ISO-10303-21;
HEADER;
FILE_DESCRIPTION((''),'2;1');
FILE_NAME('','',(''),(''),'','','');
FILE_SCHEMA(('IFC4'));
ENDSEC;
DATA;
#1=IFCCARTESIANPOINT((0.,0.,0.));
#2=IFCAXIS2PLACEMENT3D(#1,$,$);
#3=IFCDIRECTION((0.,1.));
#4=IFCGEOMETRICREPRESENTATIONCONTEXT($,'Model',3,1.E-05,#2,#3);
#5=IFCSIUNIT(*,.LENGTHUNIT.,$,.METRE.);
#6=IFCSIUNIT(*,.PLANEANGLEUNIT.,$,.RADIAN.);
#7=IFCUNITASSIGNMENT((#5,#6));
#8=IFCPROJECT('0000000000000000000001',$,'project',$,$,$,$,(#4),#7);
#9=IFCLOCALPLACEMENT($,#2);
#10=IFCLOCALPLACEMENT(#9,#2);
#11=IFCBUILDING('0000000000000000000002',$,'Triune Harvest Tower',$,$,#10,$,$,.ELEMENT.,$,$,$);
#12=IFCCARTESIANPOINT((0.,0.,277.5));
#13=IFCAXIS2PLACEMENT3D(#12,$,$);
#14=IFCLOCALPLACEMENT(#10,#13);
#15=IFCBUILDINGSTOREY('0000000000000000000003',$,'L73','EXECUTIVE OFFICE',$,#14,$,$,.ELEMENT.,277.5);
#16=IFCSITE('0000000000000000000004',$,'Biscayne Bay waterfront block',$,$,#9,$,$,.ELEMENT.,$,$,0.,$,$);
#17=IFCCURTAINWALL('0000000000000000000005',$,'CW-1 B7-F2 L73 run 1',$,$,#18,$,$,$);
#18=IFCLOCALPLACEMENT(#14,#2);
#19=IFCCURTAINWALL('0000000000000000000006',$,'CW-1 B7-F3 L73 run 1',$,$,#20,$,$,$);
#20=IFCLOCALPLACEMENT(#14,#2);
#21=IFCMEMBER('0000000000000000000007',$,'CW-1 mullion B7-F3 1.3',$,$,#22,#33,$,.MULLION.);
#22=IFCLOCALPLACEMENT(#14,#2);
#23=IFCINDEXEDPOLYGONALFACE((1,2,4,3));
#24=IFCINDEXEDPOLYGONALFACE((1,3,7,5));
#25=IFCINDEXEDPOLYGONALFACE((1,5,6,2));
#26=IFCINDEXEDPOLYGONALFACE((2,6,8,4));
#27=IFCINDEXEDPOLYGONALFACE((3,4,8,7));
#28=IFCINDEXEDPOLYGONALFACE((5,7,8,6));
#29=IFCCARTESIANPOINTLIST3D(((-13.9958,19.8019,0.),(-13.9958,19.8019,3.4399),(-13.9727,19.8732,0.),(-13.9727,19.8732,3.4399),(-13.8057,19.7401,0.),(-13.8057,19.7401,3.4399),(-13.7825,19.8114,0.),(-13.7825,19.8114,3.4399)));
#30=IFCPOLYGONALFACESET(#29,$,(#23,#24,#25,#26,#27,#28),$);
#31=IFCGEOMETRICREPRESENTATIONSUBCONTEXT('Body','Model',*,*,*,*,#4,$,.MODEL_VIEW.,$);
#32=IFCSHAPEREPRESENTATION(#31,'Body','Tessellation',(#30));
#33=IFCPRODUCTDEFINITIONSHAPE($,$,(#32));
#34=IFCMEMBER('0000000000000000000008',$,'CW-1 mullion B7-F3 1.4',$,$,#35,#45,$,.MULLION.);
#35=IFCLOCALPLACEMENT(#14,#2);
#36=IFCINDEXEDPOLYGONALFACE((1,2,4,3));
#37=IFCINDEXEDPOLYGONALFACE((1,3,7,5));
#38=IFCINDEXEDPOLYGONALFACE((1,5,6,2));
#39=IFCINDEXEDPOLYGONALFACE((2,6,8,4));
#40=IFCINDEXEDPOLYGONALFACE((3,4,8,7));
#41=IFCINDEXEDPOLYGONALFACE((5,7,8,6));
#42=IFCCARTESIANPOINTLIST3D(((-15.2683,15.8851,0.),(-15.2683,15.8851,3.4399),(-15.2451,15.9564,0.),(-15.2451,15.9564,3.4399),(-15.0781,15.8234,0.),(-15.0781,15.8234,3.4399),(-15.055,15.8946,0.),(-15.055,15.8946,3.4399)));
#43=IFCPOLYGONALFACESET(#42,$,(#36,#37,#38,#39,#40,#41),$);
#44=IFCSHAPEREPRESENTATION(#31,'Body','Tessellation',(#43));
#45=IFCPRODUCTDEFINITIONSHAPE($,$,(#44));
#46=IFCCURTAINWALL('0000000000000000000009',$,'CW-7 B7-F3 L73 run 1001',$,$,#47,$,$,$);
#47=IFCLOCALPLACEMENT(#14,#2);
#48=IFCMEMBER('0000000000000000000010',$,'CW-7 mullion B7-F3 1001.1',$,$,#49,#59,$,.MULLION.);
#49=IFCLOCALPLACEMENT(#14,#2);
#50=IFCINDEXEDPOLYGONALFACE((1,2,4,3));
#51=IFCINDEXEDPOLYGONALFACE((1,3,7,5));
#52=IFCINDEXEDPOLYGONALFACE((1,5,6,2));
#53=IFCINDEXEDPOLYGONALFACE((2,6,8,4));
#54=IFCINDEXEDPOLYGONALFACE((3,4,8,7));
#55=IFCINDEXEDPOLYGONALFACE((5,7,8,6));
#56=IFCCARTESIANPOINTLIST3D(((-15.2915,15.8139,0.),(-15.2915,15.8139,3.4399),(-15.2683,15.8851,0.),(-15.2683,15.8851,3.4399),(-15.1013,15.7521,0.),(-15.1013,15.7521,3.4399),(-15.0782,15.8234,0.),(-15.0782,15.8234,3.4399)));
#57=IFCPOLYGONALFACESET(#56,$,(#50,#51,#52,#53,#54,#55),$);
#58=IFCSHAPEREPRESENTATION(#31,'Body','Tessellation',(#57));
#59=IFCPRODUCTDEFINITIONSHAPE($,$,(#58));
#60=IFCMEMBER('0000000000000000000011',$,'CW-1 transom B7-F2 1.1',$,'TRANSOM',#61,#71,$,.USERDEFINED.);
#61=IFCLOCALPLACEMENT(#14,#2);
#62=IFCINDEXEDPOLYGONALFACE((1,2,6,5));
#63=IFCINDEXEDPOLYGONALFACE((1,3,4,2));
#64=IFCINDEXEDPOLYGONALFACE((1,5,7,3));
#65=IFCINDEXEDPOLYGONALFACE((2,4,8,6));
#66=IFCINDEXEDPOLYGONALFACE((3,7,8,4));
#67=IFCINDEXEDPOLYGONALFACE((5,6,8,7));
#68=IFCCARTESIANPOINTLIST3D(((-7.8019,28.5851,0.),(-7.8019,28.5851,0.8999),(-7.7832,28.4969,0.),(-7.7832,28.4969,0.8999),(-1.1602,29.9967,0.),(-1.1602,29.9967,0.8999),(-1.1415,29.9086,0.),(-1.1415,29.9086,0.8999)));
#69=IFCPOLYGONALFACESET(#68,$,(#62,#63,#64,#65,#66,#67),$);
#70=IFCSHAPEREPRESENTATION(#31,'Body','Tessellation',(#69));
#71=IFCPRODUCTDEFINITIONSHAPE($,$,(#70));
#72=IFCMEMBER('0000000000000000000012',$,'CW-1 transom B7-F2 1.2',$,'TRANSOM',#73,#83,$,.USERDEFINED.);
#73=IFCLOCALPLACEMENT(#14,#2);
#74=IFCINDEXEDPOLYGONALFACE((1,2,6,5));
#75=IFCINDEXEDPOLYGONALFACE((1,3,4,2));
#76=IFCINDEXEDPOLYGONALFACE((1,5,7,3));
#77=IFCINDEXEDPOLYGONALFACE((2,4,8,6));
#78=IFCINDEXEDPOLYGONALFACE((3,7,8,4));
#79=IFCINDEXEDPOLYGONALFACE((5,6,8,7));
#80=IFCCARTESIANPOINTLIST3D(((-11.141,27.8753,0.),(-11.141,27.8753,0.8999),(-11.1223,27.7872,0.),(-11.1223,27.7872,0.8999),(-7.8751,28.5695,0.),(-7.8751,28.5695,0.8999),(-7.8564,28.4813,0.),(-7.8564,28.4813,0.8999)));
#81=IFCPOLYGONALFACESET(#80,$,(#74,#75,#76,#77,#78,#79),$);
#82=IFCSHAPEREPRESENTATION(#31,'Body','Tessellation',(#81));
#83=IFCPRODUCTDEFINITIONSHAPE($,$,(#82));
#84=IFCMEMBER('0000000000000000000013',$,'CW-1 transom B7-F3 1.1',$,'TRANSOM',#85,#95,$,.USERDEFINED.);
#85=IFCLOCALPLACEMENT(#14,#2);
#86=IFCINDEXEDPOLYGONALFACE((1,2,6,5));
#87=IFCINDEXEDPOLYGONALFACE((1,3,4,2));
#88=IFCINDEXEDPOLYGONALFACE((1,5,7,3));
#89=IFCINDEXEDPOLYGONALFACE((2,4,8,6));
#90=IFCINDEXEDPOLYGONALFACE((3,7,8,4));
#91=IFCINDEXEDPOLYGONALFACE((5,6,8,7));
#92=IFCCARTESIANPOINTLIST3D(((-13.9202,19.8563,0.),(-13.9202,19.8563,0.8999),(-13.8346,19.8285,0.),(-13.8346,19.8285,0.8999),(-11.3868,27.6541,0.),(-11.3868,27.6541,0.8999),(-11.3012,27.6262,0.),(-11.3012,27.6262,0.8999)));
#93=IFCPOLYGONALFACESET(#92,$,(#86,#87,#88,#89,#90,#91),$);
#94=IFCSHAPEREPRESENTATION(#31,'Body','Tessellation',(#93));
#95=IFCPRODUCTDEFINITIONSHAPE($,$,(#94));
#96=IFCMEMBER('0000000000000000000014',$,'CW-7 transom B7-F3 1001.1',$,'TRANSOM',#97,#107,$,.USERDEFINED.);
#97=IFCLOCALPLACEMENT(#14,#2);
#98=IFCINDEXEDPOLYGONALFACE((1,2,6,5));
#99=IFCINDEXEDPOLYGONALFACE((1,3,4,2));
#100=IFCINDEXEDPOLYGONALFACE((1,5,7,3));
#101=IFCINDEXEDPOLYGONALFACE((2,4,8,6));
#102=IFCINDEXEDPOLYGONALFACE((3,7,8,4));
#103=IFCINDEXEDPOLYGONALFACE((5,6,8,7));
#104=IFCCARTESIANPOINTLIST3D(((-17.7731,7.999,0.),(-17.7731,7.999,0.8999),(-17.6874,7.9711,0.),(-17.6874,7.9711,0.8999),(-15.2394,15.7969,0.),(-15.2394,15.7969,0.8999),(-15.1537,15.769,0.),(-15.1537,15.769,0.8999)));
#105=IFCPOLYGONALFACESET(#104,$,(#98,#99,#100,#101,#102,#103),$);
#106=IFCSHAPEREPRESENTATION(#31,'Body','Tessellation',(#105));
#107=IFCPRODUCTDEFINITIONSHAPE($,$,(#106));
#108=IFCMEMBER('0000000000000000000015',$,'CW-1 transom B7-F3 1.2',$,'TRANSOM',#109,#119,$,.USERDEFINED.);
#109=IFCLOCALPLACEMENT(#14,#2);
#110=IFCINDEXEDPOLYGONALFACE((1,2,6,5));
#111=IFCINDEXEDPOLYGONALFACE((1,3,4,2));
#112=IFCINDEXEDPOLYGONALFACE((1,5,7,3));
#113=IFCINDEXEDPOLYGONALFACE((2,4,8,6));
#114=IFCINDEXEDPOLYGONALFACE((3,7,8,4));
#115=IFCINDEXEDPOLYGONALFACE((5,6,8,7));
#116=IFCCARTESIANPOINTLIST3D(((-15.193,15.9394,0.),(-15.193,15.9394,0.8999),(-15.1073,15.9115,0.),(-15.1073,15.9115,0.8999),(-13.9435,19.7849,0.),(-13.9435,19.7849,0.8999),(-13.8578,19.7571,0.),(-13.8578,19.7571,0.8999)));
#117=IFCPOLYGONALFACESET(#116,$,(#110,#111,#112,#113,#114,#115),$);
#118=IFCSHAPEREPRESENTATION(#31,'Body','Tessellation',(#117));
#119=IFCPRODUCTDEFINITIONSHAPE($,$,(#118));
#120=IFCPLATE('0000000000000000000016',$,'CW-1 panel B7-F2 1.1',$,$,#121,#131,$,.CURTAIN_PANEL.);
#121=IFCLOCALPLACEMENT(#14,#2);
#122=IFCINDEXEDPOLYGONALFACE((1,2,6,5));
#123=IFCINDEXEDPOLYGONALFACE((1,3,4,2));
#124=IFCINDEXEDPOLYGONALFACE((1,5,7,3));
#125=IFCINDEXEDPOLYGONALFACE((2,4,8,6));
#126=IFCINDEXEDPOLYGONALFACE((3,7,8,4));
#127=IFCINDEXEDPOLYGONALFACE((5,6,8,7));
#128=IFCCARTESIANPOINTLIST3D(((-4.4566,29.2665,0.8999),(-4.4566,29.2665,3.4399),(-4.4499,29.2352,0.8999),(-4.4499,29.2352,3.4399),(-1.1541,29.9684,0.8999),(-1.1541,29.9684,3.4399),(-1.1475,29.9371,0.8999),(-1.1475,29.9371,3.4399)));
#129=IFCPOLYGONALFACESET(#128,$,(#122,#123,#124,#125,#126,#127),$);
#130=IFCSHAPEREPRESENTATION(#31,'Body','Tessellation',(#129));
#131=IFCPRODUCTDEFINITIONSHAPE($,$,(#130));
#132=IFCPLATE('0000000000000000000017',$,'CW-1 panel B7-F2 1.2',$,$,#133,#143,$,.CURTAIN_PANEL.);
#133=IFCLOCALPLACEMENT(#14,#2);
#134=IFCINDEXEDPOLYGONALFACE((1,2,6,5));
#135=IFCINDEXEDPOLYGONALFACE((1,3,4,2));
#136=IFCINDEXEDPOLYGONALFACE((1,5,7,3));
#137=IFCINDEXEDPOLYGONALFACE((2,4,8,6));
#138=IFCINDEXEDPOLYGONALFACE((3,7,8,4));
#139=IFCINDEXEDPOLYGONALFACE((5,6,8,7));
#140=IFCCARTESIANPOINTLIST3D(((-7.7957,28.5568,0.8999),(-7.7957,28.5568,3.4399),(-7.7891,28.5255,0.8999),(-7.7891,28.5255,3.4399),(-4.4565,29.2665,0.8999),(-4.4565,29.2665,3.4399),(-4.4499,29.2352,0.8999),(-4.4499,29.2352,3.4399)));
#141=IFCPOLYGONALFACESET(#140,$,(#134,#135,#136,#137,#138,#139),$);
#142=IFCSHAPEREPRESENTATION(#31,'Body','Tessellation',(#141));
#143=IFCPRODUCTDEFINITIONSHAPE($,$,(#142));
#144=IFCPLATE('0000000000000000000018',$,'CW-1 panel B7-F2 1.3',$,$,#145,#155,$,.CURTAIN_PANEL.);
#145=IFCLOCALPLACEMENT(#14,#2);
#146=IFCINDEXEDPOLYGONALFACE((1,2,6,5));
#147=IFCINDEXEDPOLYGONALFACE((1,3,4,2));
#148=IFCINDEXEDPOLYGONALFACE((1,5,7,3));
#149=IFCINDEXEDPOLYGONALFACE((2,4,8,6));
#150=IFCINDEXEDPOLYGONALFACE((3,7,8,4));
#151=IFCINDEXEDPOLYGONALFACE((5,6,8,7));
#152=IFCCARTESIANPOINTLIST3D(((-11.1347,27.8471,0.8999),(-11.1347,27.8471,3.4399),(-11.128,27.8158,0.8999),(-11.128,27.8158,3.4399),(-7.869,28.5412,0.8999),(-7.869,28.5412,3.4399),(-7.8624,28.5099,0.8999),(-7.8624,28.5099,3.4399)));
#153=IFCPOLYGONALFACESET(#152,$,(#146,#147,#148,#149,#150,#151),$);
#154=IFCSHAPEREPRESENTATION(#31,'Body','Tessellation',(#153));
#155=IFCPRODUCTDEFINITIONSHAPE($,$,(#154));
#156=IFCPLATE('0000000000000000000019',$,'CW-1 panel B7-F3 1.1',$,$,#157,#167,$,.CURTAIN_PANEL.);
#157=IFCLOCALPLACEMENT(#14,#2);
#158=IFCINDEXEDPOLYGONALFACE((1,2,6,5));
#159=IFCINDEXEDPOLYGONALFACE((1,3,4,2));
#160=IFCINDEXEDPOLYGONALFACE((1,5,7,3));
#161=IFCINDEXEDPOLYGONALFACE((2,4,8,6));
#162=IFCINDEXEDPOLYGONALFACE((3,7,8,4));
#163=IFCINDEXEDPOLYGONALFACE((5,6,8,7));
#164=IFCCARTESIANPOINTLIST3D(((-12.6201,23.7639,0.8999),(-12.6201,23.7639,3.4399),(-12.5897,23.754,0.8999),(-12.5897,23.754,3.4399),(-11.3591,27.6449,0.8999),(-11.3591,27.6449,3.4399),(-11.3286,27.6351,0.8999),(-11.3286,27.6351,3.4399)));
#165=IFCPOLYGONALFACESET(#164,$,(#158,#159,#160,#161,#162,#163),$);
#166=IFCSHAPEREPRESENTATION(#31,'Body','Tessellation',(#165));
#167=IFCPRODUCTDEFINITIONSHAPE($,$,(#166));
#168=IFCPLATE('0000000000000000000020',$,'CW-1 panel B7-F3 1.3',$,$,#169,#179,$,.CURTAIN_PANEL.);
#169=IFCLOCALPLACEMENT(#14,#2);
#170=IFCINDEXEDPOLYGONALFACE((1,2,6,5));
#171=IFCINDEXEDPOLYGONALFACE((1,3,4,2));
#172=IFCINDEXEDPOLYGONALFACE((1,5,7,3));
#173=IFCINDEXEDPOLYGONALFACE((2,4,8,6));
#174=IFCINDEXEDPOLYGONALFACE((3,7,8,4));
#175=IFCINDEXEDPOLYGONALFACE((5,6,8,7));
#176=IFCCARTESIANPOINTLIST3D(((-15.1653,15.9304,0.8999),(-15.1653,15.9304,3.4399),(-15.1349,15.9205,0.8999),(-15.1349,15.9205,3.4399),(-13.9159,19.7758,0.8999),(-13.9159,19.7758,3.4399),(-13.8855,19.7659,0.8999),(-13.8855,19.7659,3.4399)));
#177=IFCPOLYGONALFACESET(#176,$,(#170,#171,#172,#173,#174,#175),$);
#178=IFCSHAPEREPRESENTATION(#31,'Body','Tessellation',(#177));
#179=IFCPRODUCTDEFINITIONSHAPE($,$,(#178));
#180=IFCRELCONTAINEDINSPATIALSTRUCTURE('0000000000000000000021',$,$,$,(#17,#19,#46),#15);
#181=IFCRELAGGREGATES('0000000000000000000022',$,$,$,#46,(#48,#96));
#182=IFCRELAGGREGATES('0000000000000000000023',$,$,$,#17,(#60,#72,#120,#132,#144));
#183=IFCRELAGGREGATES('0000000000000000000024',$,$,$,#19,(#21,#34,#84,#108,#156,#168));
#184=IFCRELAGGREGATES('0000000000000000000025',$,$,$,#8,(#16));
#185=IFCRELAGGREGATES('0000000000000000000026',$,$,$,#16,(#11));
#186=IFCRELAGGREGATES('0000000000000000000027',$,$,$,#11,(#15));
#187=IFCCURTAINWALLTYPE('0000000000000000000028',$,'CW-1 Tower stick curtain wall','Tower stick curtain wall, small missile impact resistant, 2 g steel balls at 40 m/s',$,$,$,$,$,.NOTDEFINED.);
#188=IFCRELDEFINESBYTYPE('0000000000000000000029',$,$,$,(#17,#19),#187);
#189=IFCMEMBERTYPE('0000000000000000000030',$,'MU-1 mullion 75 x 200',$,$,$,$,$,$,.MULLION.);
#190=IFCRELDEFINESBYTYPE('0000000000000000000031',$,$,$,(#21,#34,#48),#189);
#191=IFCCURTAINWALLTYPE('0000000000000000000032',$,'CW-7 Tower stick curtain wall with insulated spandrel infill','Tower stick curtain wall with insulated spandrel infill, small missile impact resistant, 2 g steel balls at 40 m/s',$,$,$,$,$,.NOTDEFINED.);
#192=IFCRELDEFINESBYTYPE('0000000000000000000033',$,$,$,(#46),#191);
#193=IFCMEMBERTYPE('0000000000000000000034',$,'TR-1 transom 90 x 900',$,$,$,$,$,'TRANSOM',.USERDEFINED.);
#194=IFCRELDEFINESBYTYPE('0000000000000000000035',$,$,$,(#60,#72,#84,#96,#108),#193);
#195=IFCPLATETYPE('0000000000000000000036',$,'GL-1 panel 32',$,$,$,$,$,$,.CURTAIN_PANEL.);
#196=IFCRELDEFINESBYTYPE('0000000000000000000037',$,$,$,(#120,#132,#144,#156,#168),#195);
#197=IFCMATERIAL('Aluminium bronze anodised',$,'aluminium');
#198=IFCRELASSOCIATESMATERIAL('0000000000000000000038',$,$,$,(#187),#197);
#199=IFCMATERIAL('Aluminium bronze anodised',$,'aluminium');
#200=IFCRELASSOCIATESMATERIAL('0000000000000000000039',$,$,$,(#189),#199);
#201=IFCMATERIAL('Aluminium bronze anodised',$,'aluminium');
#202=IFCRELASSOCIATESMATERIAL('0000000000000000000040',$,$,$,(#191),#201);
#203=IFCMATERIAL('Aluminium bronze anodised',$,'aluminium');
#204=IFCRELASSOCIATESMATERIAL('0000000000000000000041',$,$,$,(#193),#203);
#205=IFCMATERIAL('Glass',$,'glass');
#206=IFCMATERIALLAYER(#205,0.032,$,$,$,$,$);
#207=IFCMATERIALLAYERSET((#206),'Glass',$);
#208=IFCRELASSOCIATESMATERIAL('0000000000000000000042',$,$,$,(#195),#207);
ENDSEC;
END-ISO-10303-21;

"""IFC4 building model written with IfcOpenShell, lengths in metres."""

from ifc_helpers import new_model, si_unit, direction, frame, origin, origin_2d, place, context, subcontext, project, spatial, rectangle, extrude, source, transform, mapped, material, layer, layer_set, material_profile, profile_set, type_object, element, aggregate, save


model = new_model("IFC4")

# Units and contexts
model_context = context("Model", 3, precision=1e-05, world=origin(), true_north=direction((0.0, 1.0)))
body_context = subcontext(model_context, "Body", "Model", "MODEL_VIEW")
ifc_project = project(units=[si_unit("LENGTHUNIT", "METRE"), si_unit("PLANEANGLEUNIT", "RADIAN")], contexts=[model_context])

# Site, building, storey
site_placement = place(None, origin())
site = spatial("IfcSite", under=ifc_project, at=site_placement, Name="Biscayne Bay waterfront block", CompositionType="ELEMENT", RefElevation=0.0)
building_placement = place(site_placement, origin())
building = spatial("IfcBuilding", under=site, at=building_placement, Name="Triune Harvest Tower", CompositionType="ELEMENT")
storey_placement = place(building_placement, frame((0.0, 0.0, 277.5)))
storey = spatial("IfcBuildingStorey", under=building, at=storey_placement, Name="L73", Description="EXECUTIVE OFFICE", CompositionType="ELEMENT", Elevation=277.5)

# Curtain walls, members
ifc_material_1 = material(Name="Aluminium bronze anodised", Category="aluminium")
curtain_wall_type_1 = type_object("IfcCurtainWallType", Name="CW-1 Tower stick curtain wall", Description="Tower stick curtain wall, small missile impact resistant, 2 g steel balls at 40 m/s", PredefinedType="NOTDEFINED", material=ifc_material_1)
curtain_wall_1_placement = place(storey_placement, origin())
curtain_wall_1 = element("IfcCurtainWall", 1, at=curtain_wall_1_placement, inside=storey, type_object=curtain_wall_type_1, Name="CW-1 B7-F2 L73 run 1")
ifc_material_2 = material(Name="Aluminium bronze anodised", Category="aluminium")
ifc_material_profile_1 = material_profile(ifc_material_2, rectangle(XDim=0.2, YDim=0.075, at=origin_2d()), Name="MU-1 mullion 75 x 200")
ifc_profile_set_1 = profile_set([ifc_material_profile_1], Name="Aluminium bronze anodised")
member_type_1 = type_object("IfcMemberType", Name="MU-1 mullion 75 x 200", PredefinedType="MULLION", material=ifc_profile_set_1)
shared_shape_1 = source(origin(), body_context, "Body", "SweptSolid", [
    extrude(rectangle(XDim=0.2, YDim=0.075, at=origin_2d()), origin(), (0.0, 0.0, 1.0), 3.4399),
])
curtain_wall_2_placement = place(storey_placement, origin())
curtain_wall_2 = element("IfcCurtainWall", 2, at=curtain_wall_2_placement, inside=storey, type_object=curtain_wall_type_1, Name="CW-1 B7-F3 L73 run 1")
member_1_placement = place(storey_placement, frame((-13.8892, 19.8066, 0.0), z_axis=(0.0, 0.0, 1.0), x_axis=(0.951058, -0.309013, 0.0)))
member_1 = element("IfcMember", 3, at=member_1_placement, type_object=member_type_1, Name="CW-1 mullion B7-F3 1.3", PredefinedType="MULLION", context=body_context, shape_type="MappedRepresentation", body=[
    mapped(shared_shape_1, transform((0.0, 0.0, 0.0), scale=1.0)),
])
member_2_placement = place(storey_placement, frame((-15.1616, 15.8899, 0.0), z_axis=(0.0, 0.0, 1.0), x_axis=(0.951058, -0.309013, 0.0)))
member_2 = element("IfcMember", 4, at=member_2_placement, type_object=member_type_1, Name="CW-1 mullion B7-F3 1.4", PredefinedType="MULLION", context=body_context, shape_type="MappedRepresentation", body=[
    mapped(shared_shape_1, transform((0.0, 0.0, 0.0), scale=1.0)),
])

# Curtain wall, member
ifc_material_3 = material(Name="Aluminium bronze anodised", Category="aluminium")
curtain_wall_type_2 = type_object("IfcCurtainWallType", Name="CW-7 Tower stick curtain wall with insulated spandrel infill", Description="Tower stick curtain wall with insulated spandrel infill, small missile impact resistant, 2 g steel balls at 40 m/s", PredefinedType="NOTDEFINED", material=ifc_material_3)
curtain_wall_3_placement = place(storey_placement, origin())
curtain_wall_3 = element("IfcCurtainWall", 5, at=curtain_wall_3_placement, inside=storey, type_object=curtain_wall_type_2, Name="CW-7 B7-F3 L73 run 1001")
member_3_placement = place(storey_placement, frame((-15.1848, 15.8186, 0.0), z_axis=(0.0, 0.0, 1.0), x_axis=(0.951056, -0.30902, 0.0)))
member_3 = element("IfcMember", 6, at=member_3_placement, type_object=member_type_1, Name="CW-7 mullion B7-F3 1001.1", PredefinedType="MULLION", context=body_context, shape_type="MappedRepresentation", body=[
    mapped(shared_shape_1, transform((0.0, 0.0, 0.0), scale=1.0)),
])

# Members
ifc_material_4 = material(Name="Aluminium bronze anodised", Category="aluminium")
ifc_material_profile_2 = material_profile(ifc_material_4, rectangle(XDim=0.0901, YDim=0.8999, at=origin_2d()), Name="TR-1 transom 90 x 900")
ifc_profile_set_2 = profile_set([ifc_material_profile_2], Name="Aluminium bronze anodised")
member_type_2 = type_object("IfcMemberType", Name="TR-1 transom 90 x 900", ElementType="TRANSOM", PredefinedType="USERDEFINED", material=ifc_profile_set_2)
shared_shape_2 = source(origin(), body_context, "Body", "SweptSolid", [
    extrude(rectangle(XDim=0.0901, YDim=0.8999, at=origin_2d()), origin(), (0.0, 0.0, 1.0), 6.79),
])
member_4_placement = place(storey_placement, frame((-1.1509, 29.9526, 0.45), z_axis=(-0.97815, -0.207898, 0.0), x_axis=(0.207898, -0.97815, 0.0)))
member_4 = element("IfcMember", 7, at=member_4_placement, type_object=member_type_2, Name="CW-1 transom B7-F2 1.1", ObjectType="TRANSOM", PredefinedType="USERDEFINED", context=body_context, shape_type="MappedRepresentation", body=[
    mapped(shared_shape_2, transform((0.0, 0.0, 0.0), scale=1.0)),
])
shared_shape_3 = source(origin(), body_context, "Body", "SweptSolid", [
    extrude(rectangle(XDim=0.0901, YDim=0.8999, at=origin_2d()), origin(), (0.0, 0.0, 1.0), 3.3389),
])
member_5_placement = place(storey_placement, frame((-7.8657, 28.5254, 0.45), z_axis=(-0.978153, -0.207886, 0.0), x_axis=(0.207886, -0.978153, 0.0)))
member_5 = element("IfcMember", 8, at=member_5_placement, type_object=member_type_2, Name="CW-1 transom B7-F2 1.2", ObjectType="TRANSOM", PredefinedType="USERDEFINED", context=body_context, shape_type="MappedRepresentation", body=[
    mapped(shared_shape_3, transform((0.0, 0.0, 0.0), scale=1.0)),
])
shared_shape_4 = source(origin(), body_context, "Body", "SweptSolid", [
    extrude(rectangle(XDim=0.0901, YDim=0.8999, at=origin_2d()), origin(), (0.0, 0.0, 1.0), 8.199),
])
member_6_placement = place(storey_placement, frame((-11.344, 27.6401, 0.45), z_axis=(-0.308992, -0.951065, 0.0), x_axis=(0.951065, -0.308992, 0.0)))
member_6 = element("IfcMember", 9, at=member_6_placement, type_object=member_type_2, Name="CW-1 transom B7-F3 1.1", ObjectType="TRANSOM", PredefinedType="USERDEFINED", context=body_context, shape_type="MappedRepresentation", body=[
    mapped(shared_shape_4, transform((0.0, 0.0, 0.0), scale=1.0)),
])
shared_shape_5 = source(origin(), body_context, "Body", "SweptSolid", [
    extrude(rectangle(XDim=0.0901, YDim=0.8999, at=origin_2d()), origin(), (0.0, 0.0, 1.0), 8.1992),
])
member_7_placement = place(storey_placement, frame((-15.1965, 15.783, 0.45), z_axis=(-0.309019, -0.951056, 0.0), x_axis=(0.951056, -0.309019, 0.0)))
member_7 = element("IfcMember", 10, at=member_7_placement, type_object=member_type_2, Name="CW-7 transom B7-F3 1001.1", ObjectType="TRANSOM", PredefinedType="USERDEFINED", context=body_context, shape_type="MappedRepresentation", body=[
    mapped(shared_shape_5, transform((0.0, 0.0, 0.0), scale=1.0)),
])
aggregate(curtain_wall_3, [member_3, member_7])
shared_shape_6 = source(origin(), body_context, "Body", "SweptSolid", [
    extrude(rectangle(XDim=0.0901, YDim=0.8999, at=origin_2d()), origin(), (0.0, 0.0, 1.0), 4.0435),
])
member_8_placement = place(storey_placement, frame((-13.9006, 19.771, 0.45), z_axis=(-0.309027, -0.951053, 0.0), x_axis=(0.951053, -0.309027, 0.0)))
member_8 = element("IfcMember", 11, at=member_8_placement, type_object=member_type_2, Name="CW-1 transom B7-F3 1.2", ObjectType="TRANSOM", PredefinedType="USERDEFINED", context=body_context, shape_type="MappedRepresentation", body=[
    mapped(shared_shape_6, transform((0.0, 0.0, 0.0), scale=1.0)),
])

# Plates
ifc_material_5 = material(Name="Glass", Category="glass")
ifc_layer_1 = layer(ifc_material_5, 0.032)
ifc_layer_set_1 = layer_set([ifc_layer_1], Name="Glass")
plate_type = type_object("IfcPlateType", Name="GL-1 panel 32", PredefinedType="CURTAIN_PANEL", material=ifc_layer_set_1)
shared_shape_7 = source(origin(), body_context, "Body", "SweptSolid", [
    extrude(rectangle(XDim=3.3762, YDim=0.032, at=origin_2d()), origin(), (0.0, 0.0, 1.0), 2.54),
])
plate_1_placement = place(storey_placement, frame((-2.802, 29.6018, 0.8999), z_axis=(0.0, 0.0, 1.0), x_axis=(-0.978149, -0.207905, 0.0)))
plate_1 = element("IfcPlate", 12, at=plate_1_placement, type_object=plate_type, Name="CW-1 panel B7-F2 1.1", PredefinedType="CURTAIN_PANEL", context=body_context, shape_type="MappedRepresentation", body=[
    mapped(shared_shape_7, transform((0.0, 0.0, 0.0), scale=1.0)),
])
shared_shape_8 = source(origin(), body_context, "Body", "SweptSolid", [
    extrude(rectangle(XDim=3.4138, YDim=0.032, at=origin_2d()), origin(), (0.0, 0.0, 1.0), 2.54),
])
plate_2_placement = place(storey_placement, frame((-6.1228, 28.896, 0.8999), z_axis=(0.0, 0.0, 1.0), x_axis=(-0.978149, -0.207905, 0.0)))
plate_2 = element("IfcPlate", 13, at=plate_2_placement, type_object=plate_type, Name="CW-1 panel B7-F2 1.2", PredefinedType="CURTAIN_PANEL", context=body_context, shape_type="MappedRepresentation", body=[
    mapped(shared_shape_8, transform((0.0, 0.0, 0.0), scale=1.0)),
])
shared_shape_9 = source(origin(), body_context, "Body", "SweptSolid", [
    extrude(rectangle(XDim=3.3386, YDim=0.032, at=origin_2d()), origin(), (0.0, 0.0, 1.0), 2.54),
])
plate_3_placement = place(storey_placement, frame((-9.4985, 28.1785, 0.8999), z_axis=(0.0, 0.0, 1.0), x_axis=(-0.978149, -0.207905, 0.0)))
plate_3 = element("IfcPlate", 14, at=plate_3_placement, type_object=plate_type, Name="CW-1 panel B7-F2 1.3", PredefinedType="CURTAIN_PANEL", context=body_context, shape_type="MappedRepresentation", body=[
    mapped(shared_shape_9, transform((0.0, 0.0, 0.0), scale=1.0)),
])
aggregate(curtain_wall_1, [member_4, member_5, plate_1, plate_2, plate_3])
shared_shape_10 = source(origin(), body_context, "Body", "SweptSolid", [
    extrude(rectangle(XDim=4.0808, YDim=0.032, at=origin_2d()), origin(), (0.0, 0.0, 1.0), 2.54),
])
plate_4_placement = place(storey_placement, frame((-11.9744, 25.6995, 0.8999), z_axis=(0.0, 0.0, 1.0), x_axis=(-0.309013, -0.951058, 0.0)))
plate_4 = element("IfcPlate", 15, at=plate_4_placement, type_object=plate_type, Name="CW-1 panel B7-F3 1.1", PredefinedType="CURTAIN_PANEL", context=body_context, shape_type="MappedRepresentation", body=[
    mapped(shared_shape_10, transform((0.0, 0.0, 0.0), scale=1.0)),
])
shared_shape_11 = source(origin(), body_context, "Body", "SweptSolid", [
    extrude(rectangle(XDim=4.0432, YDim=0.032, at=origin_2d()), origin(), (0.0, 0.0, 1.0), 2.54),
])
plate_5_placement = place(storey_placement, frame((-14.5254, 17.8481, 0.8999), z_axis=(0.0, 0.0, 1.0), x_axis=(-0.309013, -0.951058, 0.0)))
plate_5 = element("IfcPlate", 16, at=plate_5_placement, type_object=plate_type, Name="CW-1 panel B7-F3 1.3", PredefinedType="CURTAIN_PANEL", context=body_context, shape_type="MappedRepresentation", body=[
    mapped(shared_shape_11, transform((0.0, 0.0, 0.0), scale=1.0)),
])
aggregate(curtain_wall_2, [member_1, member_2, member_6, member_8, plate_4, plate_5])

save(model, "model.ifc")
